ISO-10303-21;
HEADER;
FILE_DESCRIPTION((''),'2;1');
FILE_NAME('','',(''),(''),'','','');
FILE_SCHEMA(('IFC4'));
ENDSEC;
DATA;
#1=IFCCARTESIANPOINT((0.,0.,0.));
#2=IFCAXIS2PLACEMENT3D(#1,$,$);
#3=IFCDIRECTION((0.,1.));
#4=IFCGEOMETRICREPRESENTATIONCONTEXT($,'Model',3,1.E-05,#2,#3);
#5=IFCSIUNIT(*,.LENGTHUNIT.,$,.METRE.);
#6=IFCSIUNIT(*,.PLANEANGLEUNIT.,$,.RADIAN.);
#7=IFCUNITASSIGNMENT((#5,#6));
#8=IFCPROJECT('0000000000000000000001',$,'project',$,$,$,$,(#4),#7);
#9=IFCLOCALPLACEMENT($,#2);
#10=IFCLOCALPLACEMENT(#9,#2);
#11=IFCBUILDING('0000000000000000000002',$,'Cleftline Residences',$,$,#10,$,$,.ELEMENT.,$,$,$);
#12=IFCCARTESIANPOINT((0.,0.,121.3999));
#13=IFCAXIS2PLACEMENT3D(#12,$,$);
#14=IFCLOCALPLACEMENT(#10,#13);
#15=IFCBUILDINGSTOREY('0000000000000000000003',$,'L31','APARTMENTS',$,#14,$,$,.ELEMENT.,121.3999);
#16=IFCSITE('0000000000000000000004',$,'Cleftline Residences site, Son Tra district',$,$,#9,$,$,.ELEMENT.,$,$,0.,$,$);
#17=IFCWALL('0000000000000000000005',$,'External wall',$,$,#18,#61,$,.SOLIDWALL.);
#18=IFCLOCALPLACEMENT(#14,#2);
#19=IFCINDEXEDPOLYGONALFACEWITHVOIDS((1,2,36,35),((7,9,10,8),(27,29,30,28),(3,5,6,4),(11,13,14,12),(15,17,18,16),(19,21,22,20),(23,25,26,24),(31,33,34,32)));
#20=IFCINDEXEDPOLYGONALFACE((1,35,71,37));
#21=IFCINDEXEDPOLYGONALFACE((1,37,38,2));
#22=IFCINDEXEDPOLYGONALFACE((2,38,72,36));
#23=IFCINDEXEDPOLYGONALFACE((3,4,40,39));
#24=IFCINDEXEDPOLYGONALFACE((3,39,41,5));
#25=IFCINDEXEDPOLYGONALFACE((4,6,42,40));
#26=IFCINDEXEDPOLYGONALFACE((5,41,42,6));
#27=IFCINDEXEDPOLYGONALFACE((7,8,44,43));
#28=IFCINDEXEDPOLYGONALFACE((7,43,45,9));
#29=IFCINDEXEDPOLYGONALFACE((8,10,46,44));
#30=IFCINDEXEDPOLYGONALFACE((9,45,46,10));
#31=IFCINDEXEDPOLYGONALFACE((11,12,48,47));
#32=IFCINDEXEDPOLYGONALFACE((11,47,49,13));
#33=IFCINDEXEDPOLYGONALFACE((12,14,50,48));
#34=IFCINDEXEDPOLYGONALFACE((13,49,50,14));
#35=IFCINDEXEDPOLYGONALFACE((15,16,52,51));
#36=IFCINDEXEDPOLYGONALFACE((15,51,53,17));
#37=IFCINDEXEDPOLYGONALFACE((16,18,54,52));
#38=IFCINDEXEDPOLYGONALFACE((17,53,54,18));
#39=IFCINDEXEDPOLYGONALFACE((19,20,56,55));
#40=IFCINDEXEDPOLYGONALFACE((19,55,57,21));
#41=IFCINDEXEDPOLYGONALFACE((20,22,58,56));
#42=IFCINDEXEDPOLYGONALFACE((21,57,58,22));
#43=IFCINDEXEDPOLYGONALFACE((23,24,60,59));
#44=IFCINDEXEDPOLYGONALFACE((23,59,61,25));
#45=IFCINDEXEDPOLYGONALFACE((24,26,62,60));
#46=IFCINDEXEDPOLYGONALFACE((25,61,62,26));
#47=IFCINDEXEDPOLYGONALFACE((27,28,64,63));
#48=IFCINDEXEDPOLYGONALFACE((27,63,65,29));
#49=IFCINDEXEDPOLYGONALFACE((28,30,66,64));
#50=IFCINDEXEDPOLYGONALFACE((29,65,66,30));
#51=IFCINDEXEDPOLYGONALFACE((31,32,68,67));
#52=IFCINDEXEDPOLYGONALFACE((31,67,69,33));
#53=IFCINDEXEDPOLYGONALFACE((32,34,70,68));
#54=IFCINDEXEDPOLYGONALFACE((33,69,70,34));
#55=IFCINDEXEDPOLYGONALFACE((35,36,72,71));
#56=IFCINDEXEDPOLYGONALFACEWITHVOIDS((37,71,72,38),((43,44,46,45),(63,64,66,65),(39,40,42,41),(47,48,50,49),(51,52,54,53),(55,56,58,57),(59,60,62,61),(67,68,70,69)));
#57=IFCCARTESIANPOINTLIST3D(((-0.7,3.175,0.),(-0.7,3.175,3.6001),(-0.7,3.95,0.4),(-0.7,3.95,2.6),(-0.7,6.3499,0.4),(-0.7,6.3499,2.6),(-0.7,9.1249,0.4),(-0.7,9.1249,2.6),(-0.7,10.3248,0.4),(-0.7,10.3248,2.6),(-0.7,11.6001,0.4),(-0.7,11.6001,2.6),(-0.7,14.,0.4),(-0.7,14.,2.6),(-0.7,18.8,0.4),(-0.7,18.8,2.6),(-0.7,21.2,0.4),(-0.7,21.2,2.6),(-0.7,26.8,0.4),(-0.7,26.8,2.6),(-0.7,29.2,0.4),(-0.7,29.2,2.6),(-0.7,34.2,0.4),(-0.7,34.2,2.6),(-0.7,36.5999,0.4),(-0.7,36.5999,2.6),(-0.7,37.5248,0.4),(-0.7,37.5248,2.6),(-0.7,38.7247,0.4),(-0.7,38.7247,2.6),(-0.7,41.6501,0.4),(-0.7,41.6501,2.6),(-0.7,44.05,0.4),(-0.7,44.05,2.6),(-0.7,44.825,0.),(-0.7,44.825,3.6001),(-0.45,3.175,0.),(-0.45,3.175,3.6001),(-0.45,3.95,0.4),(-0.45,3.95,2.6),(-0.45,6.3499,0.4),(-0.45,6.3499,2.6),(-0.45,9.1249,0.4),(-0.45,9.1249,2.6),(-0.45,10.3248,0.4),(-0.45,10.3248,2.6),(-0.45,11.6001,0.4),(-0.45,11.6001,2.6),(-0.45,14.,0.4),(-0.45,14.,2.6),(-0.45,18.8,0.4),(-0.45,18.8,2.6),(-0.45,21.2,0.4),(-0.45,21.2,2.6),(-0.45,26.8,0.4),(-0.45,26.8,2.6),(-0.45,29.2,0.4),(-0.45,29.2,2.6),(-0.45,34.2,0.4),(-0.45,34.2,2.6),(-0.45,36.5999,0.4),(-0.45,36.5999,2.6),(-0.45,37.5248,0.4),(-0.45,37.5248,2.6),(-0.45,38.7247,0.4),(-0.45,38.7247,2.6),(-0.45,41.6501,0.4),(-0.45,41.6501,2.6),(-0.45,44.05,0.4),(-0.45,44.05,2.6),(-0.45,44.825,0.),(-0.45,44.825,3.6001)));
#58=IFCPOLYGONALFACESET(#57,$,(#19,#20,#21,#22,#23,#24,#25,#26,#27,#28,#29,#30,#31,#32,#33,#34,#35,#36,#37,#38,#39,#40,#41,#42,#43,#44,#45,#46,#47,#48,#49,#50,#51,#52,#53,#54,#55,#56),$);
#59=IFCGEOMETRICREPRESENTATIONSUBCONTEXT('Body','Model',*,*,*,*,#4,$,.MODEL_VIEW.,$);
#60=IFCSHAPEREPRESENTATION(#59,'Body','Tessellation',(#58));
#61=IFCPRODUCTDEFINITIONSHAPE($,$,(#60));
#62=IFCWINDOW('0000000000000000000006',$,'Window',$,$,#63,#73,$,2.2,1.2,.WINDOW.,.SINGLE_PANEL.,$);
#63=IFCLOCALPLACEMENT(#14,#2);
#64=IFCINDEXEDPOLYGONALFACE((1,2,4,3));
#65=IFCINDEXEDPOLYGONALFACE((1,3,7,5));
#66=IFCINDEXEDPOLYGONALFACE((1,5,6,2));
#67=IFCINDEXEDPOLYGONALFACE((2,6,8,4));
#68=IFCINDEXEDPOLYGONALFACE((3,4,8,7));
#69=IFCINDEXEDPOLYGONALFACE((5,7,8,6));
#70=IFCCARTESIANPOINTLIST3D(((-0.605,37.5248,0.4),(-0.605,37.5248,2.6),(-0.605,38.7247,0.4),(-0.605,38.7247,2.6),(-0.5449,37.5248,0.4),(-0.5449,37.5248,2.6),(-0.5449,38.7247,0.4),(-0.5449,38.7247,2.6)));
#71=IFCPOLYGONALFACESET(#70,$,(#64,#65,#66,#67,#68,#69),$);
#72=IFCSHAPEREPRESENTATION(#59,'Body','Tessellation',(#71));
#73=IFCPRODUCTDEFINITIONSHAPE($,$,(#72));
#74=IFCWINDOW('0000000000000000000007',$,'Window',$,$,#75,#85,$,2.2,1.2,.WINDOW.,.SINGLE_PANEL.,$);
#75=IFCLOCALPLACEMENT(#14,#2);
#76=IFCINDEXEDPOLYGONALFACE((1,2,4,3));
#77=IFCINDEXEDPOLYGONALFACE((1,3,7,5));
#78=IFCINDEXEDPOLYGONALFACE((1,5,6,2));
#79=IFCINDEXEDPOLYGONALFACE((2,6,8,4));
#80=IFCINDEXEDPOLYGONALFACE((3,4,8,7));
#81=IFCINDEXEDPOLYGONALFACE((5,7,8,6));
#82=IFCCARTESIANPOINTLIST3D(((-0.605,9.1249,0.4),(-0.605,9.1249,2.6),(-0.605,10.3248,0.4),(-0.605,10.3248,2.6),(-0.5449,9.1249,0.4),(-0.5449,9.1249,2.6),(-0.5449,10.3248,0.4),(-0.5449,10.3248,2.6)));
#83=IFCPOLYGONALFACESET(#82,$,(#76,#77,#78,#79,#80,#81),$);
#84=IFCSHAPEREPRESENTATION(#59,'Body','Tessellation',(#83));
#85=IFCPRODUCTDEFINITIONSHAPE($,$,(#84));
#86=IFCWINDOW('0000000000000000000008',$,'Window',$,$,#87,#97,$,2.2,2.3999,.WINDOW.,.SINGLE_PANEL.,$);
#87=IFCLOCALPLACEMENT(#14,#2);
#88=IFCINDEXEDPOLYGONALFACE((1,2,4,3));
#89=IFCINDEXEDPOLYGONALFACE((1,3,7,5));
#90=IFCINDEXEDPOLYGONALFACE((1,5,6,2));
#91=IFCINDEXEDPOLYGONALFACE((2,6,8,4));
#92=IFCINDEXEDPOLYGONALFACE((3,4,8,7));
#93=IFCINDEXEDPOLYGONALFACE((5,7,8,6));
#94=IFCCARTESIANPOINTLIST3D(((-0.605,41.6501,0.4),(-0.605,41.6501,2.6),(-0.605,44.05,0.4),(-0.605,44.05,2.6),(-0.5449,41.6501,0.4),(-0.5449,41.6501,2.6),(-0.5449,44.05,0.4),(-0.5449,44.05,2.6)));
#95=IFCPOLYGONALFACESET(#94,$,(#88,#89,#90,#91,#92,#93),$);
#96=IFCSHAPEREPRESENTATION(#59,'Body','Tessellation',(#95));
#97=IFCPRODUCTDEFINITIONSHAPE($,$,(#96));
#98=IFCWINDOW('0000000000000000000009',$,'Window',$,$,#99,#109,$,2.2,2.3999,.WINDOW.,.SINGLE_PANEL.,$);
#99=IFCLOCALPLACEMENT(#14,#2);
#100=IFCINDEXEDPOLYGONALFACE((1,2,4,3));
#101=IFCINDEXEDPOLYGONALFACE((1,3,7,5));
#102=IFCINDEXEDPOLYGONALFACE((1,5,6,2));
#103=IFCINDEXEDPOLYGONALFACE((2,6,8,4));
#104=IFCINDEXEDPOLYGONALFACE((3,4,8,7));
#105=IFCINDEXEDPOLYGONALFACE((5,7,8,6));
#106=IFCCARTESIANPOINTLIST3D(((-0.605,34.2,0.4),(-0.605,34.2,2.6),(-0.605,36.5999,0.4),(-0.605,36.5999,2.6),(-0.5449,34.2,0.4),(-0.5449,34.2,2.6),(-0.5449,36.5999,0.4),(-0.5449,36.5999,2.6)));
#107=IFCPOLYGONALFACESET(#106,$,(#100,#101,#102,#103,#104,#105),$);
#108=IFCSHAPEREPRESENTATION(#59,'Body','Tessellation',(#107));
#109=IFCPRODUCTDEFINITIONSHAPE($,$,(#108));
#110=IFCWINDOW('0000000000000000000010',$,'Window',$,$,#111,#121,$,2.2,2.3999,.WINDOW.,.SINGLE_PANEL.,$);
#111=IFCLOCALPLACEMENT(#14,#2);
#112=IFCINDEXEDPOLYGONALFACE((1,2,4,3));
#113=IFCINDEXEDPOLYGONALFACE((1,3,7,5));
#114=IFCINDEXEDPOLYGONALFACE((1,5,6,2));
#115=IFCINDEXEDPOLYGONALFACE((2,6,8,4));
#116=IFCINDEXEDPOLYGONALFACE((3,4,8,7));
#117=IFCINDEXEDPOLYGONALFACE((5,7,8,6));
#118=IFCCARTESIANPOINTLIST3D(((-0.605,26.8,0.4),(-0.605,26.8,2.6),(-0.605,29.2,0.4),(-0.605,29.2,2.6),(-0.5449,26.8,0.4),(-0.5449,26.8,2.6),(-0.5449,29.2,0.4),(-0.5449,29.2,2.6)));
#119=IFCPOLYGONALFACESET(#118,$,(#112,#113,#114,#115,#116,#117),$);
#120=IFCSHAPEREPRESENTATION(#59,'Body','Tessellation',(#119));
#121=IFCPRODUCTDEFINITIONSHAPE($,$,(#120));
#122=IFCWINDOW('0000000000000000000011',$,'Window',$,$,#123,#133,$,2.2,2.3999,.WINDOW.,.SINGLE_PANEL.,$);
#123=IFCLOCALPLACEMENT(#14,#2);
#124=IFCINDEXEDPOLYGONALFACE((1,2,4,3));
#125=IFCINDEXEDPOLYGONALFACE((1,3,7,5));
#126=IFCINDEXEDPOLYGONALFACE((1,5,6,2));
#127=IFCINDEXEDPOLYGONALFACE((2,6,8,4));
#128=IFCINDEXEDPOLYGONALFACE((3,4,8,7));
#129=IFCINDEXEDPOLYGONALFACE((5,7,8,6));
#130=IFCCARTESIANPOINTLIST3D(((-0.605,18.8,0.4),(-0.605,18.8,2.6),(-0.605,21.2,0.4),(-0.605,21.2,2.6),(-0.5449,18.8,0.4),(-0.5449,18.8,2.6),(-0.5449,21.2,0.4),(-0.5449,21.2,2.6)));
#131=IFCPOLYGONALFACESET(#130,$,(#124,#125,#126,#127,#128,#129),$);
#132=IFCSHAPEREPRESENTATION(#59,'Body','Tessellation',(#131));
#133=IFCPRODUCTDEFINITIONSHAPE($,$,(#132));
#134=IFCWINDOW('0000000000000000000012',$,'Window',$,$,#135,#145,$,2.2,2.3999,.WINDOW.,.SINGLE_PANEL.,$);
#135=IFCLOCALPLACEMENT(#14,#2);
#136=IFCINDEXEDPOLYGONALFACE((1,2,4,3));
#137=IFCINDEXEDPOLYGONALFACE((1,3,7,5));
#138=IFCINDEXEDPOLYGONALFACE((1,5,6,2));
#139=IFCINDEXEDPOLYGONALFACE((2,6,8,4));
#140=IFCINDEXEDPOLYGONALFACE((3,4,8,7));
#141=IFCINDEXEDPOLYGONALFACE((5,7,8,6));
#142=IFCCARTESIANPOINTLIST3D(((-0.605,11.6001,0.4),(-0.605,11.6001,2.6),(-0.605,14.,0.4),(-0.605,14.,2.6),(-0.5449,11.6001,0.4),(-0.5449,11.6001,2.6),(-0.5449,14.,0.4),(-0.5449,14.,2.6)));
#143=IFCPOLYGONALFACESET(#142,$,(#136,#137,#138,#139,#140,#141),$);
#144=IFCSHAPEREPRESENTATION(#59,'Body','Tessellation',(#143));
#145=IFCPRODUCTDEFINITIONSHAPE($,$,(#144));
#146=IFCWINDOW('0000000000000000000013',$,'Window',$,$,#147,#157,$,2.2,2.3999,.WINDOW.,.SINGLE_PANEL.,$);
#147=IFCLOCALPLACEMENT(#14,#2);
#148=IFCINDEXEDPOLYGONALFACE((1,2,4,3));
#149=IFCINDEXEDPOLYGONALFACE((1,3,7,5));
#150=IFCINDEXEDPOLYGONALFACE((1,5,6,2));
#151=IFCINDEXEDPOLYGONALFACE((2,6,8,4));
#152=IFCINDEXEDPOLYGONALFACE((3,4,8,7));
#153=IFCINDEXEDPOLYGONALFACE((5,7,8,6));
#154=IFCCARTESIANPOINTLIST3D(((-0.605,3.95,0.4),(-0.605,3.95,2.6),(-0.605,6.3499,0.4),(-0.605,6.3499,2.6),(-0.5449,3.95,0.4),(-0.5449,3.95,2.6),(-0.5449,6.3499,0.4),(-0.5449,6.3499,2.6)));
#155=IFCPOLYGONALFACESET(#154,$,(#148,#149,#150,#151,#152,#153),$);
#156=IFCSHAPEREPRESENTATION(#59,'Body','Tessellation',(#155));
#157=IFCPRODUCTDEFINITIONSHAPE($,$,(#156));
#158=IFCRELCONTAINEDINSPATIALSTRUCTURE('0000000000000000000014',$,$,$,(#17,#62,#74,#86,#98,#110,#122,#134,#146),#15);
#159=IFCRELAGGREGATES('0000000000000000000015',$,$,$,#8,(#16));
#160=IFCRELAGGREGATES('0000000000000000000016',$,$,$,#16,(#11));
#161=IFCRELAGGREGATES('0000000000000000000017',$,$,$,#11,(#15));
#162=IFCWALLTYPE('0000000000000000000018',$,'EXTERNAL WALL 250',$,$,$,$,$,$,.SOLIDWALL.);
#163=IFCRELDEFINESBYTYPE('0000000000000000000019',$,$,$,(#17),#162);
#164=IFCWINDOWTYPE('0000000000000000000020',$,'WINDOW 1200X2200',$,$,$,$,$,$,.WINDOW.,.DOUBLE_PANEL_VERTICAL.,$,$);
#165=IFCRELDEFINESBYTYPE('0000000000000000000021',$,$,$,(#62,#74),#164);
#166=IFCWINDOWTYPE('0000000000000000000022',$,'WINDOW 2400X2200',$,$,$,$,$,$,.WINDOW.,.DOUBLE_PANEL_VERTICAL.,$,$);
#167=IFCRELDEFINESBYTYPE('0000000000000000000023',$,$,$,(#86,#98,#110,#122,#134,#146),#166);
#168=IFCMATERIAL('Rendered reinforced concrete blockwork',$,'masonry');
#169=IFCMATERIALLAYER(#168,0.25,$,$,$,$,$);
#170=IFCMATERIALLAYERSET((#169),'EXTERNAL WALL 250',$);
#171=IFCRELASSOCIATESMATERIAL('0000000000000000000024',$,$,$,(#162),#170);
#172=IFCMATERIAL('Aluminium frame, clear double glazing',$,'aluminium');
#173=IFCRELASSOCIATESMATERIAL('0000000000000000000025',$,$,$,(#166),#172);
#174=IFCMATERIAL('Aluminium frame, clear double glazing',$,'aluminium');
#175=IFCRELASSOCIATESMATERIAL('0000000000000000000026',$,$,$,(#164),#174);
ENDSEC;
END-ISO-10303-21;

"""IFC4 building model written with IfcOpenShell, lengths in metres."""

from ifc_helpers import new_model, si_unit, direction, frame, frame_2d, origin, place, context, subcontext, project, spatial, rectangle, extrude, material, layer, layer_set, type_object, element, fill, save


model = new_model("IFC4")

# Units and contexts
model_context = context("Model", 3, precision=1e-05, world=origin(), true_north=direction((0.0, 1.0)))
body_context = subcontext(model_context, "Body", "Model", "MODEL_VIEW")
ifc_project = project(units=[si_unit("LENGTHUNIT", "METRE"), si_unit("PLANEANGLEUNIT", "RADIAN")], contexts=[model_context])

# Site, building, storey
site_placement = place(None, origin())
site = spatial("IfcSite", under=ifc_project, at=site_placement, Name="Cleftline Residences site, Son Tra district", CompositionType="ELEMENT", RefElevation=0.0)
building_placement = place(site_placement, origin())
building = spatial("IfcBuilding", under=site, at=building_placement, Name="Cleftline Residences", CompositionType="ELEMENT")
storey_placement = place(building_placement, frame((0.0, 0.0, 121.3999)))
storey = spatial("IfcBuildingStorey", under=building, at=storey_placement, Name="L31", Description="APARTMENTS", CompositionType="ELEMENT", Elevation=121.3999)

# Shared definitions
ifc_material_1 = material(Name="Rendered reinforced concrete blockwork", Category="masonry")
ifc_layer_1 = layer(ifc_material_1, 0.25)
ifc_layer_set_1 = layer_set([ifc_layer_1], Name="EXTERNAL WALL 250")
wall_type_1 = type_object("IfcWallType", Name="EXTERNAL WALL 250", PredefinedType="SOLIDWALL", material=ifc_layer_set_1)
ifc_material_2 = material(Name="Aluminium frame, clear double glazing", Category="aluminium")
window_type_1 = type_object("IfcWindowType", Name="WINDOW 2400X2200", PartitioningType="DOUBLE_PANEL_VERTICAL", PredefinedType="WINDOW", material=ifc_material_2)

# Wall, openings, windows
wall_1_placement = place(storey_placement, frame((-0.575, 44.825, 0.0), z_axis=(0.0, 0.0, 1.0), x_axis=(0.0, -1.0, 0.0)))
wall_1 = element("IfcWall", 1, at=wall_1_placement, inside=storey, type_object=wall_type_1, Name="External wall", PredefinedType="SOLIDWALL", context=body_context, shape_type="SweptSolid", body=[
    extrude(rectangle(XDim=41.6499, YDim=0.25, at=frame_2d((20.825, 0.0))), origin(), (0.0, 0.0, 1.0), 3.6001),
])
opening_1_placement = place(wall_1_placement, frame((0.7749, 0.0, 0.3999)))
opening_1 = element("IfcOpeningElement", 2, at=opening_1_placement, cuts=wall_1, PredefinedType="OPENING", context=body_context, shape_type="SweptSolid", body=[
    extrude(rectangle(XDim=2.3999, YDim=2.2, at=frame_2d((1.2, 1.1001))), frame((0.0, 0.135, 0.0), z_axis=(0.0, -1.0, 0.0), x_axis=(1.0, 0.0, 0.0)), (0.0, 0.0, 1.0), 0.27),
])
opening_2_placement = place(wall_1_placement, frame((6.1001, 0.0, 0.3999)))
opening_2 = element("IfcOpeningElement", 3, at=opening_2_placement, cuts=wall_1, PredefinedType="OPENING", context=body_context, shape_type="SweptSolid", body=[
    extrude(rectangle(XDim=1.2, YDim=2.2, at=frame_2d((0.6001, 1.1001))), frame((0.0, 0.135, 0.0), z_axis=(0.0, -1.0, 0.0), x_axis=(1.0, 0.0, 0.0)), (0.0, 0.0, 1.0), 0.27),
])
opening_3_placement = place(wall_1_placement, frame((8.2251, 0.0, 0.3999)))
opening_3 = element("IfcOpeningElement", 4, at=opening_3_placement, cuts=wall_1, PredefinedType="OPENING", context=body_context, shape_type="SweptSolid", body=[
    extrude(rectangle(XDim=2.3999, YDim=2.2, at=frame_2d((1.2, 1.1001))), frame((0.0, 0.135, 0.0), z_axis=(0.0, -1.0, 0.0), x_axis=(1.0, 0.0, 0.0)), (0.0, 0.0, 1.0), 0.27),
])
opening_4_placement = place(wall_1_placement, frame((15.625, 0.0, 0.3999)))
opening_4 = element("IfcOpeningElement", 5, at=opening_4_placement, cuts=wall_1, PredefinedType="OPENING", context=body_context, shape_type="SweptSolid", body=[
    extrude(rectangle(XDim=2.3999, YDim=2.2, at=frame_2d((1.2, 1.1001))), frame((0.0, 0.135, 0.0), z_axis=(0.0, -1.0, 0.0), x_axis=(1.0, 0.0, 0.0)), (0.0, 0.0, 1.0), 0.27),
])
opening_5_placement = place(wall_1_placement, frame((23.625, 0.0, 0.3999)))
opening_5 = element("IfcOpeningElement", 6, at=opening_5_placement, cuts=wall_1, PredefinedType="OPENING", context=body_context, shape_type="SweptSolid", body=[
    extrude(rectangle(XDim=2.3999, YDim=2.2, at=frame_2d((1.2, 1.1001))), frame((0.0, 0.135, 0.0), z_axis=(0.0, -1.0, 0.0), x_axis=(1.0, 0.0, 0.0)), (0.0, 0.0, 1.0), 0.27),
])
opening_6_placement = place(wall_1_placement, frame((30.825, 0.0, 0.3999)))
opening_6 = element("IfcOpeningElement", 7, at=opening_6_placement, cuts=wall_1, PredefinedType="OPENING", context=body_context, shape_type="SweptSolid", body=[
    extrude(rectangle(XDim=2.3999, YDim=2.2, at=frame_2d((1.2, 1.1001))), frame((0.0, 0.135, 0.0), z_axis=(0.0, -1.0, 0.0), x_axis=(1.0, 0.0, 0.0)), (0.0, 0.0, 1.0), 0.27),
])
opening_7_placement = place(wall_1_placement, frame((34.5, 0.0, 0.3999)))
opening_7 = element("IfcOpeningElement", 8, at=opening_7_placement, cuts=wall_1, PredefinedType="OPENING", context=body_context, shape_type="SweptSolid", body=[
    extrude(rectangle(XDim=1.2, YDim=2.2, at=frame_2d((0.6001, 1.1001))), frame((0.0, 0.135, 0.0), z_axis=(0.0, -1.0, 0.0), x_axis=(1.0, 0.0, 0.0)), (0.0, 0.0, 1.0), 0.27),
])
opening_8_placement = place(wall_1_placement, frame((38.4751, 0.0, 0.3999)))
opening_8 = element("IfcOpeningElement", 9, at=opening_8_placement, cuts=wall_1, PredefinedType="OPENING", context=body_context, shape_type="SweptSolid", body=[
    extrude(rectangle(XDim=2.3999, YDim=2.2, at=frame_2d((1.2, 1.1001))), frame((0.0, 0.135, 0.0), z_axis=(0.0, -1.0, 0.0), x_axis=(1.0, 0.0, 0.0)), (0.0, 0.0, 1.0), 0.27),
])
ifc_material_3 = material(Name="Aluminium frame, clear double glazing", Category="aluminium")
window_type_2 = type_object("IfcWindowType", Name="WINDOW 1200X2200", PartitioningType="DOUBLE_PANEL_VERTICAL", PredefinedType="WINDOW", material=ifc_material_3)
window_1_placement = place(opening_2_placement, origin())
window_1 = element("IfcWindow", 10, at=window_1_placement, inside=storey, type_object=window_type_2, Name="Window", OverallHeight=2.2, OverallWidth=1.2, PartitioningType="SINGLE_PANEL", PredefinedType="WINDOW", context=body_context, shape_type="SweptSolid", body=[
    extrude(rectangle(XDim=1.2, YDim=2.2, at=frame_2d((0.6001, 1.1001))), frame((0.0, 0.03, 0.0), z_axis=(0.0, -1.0, 0.0), x_axis=(1.0, 0.0, 0.0)), (0.0, 0.0, 1.0), 0.0601),
])
fill(opening_2, window_1)
window_2_placement = place(opening_7_placement, origin())
window_2 = element("IfcWindow", 11, at=window_2_placement, inside=storey, type_object=window_type_2, Name="Window", OverallHeight=2.2, OverallWidth=1.2, PartitioningType="SINGLE_PANEL", PredefinedType="WINDOW", context=body_context, shape_type="SweptSolid", body=[
    extrude(rectangle(XDim=1.2, YDim=2.2, at=frame_2d((0.6001, 1.1001))), frame((0.0, 0.03, 0.0), z_axis=(0.0, -1.0, 0.0), x_axis=(1.0, 0.0, 0.0)), (0.0, 0.0, 1.0), 0.0601),
])
fill(opening_7, window_2)
window_3_placement = place(opening_1_placement, origin())
window_3 = element("IfcWindow", 12, at=window_3_placement, inside=storey, type_object=window_type_1, Name="Window", OverallHeight=2.2, OverallWidth=2.3999, PartitioningType="SINGLE_PANEL", PredefinedType="WINDOW", context=body_context, shape_type="SweptSolid", body=[
    extrude(rectangle(XDim=2.3999, YDim=2.2, at=frame_2d((1.2, 1.1001))), frame((0.0, 0.03, 0.0), z_axis=(0.0, -1.0, 0.0), x_axis=(1.0, 0.0, 0.0)), (0.0, 0.0, 1.0), 0.0601),
])
fill(opening_1, window_3)
window_4_placement = place(opening_3_placement, origin())
window_4 = element("IfcWindow", 13, at=window_4_placement, inside=storey, type_object=window_type_1, Name="Window", OverallHeight=2.2, OverallWidth=2.3999, PartitioningType="SINGLE_PANEL", PredefinedType="WINDOW", context=body_context, shape_type="SweptSolid", body=[
    extrude(rectangle(XDim=2.3999, YDim=2.2, at=frame_2d((1.2, 1.1001))), frame((0.0, 0.03, 0.0), z_axis=(0.0, -1.0, 0.0), x_axis=(1.0, 0.0, 0.0)), (0.0, 0.0, 1.0), 0.0601),
])
fill(opening_3, window_4)
window_5_placement = place(opening_4_placement, origin())
window_5 = element("IfcWindow", 14, at=window_5_placement, inside=storey, type_object=window_type_1, Name="Window", OverallHeight=2.2, OverallWidth=2.3999, PartitioningType="SINGLE_PANEL", PredefinedType="WINDOW", context=body_context, shape_type="SweptSolid", body=[
    extrude(rectangle(XDim=2.3999, YDim=2.2, at=frame_2d((1.2, 1.1001))), frame((0.0, 0.03, 0.0), z_axis=(0.0, -1.0, 0.0), x_axis=(1.0, 0.0, 0.0)), (0.0, 0.0, 1.0), 0.0601),
])
fill(opening_4, window_5)
window_6_placement = place(opening_5_placement, origin())
window_6 = element("IfcWindow", 15, at=window_6_placement, inside=storey, type_object=window_type_1, Name="Window", OverallHeight=2.2, OverallWidth=2.3999, PartitioningType="SINGLE_PANEL", PredefinedType="WINDOW", context=body_context, shape_type="SweptSolid", body=[
    extrude(rectangle(XDim=2.3999, YDim=2.2, at=frame_2d((1.2, 1.1001))), frame((0.0, 0.03, 0.0), z_axis=(0.0, -1.0, 0.0), x_axis=(1.0, 0.0, 0.0)), (0.0, 0.0, 1.0), 0.0601),
])
fill(opening_5, window_6)
window_7_placement = place(opening_6_placement, origin())
window_7 = element("IfcWindow", 16, at=window_7_placement, inside=storey, type_object=window_type_1, Name="Window", OverallHeight=2.2, OverallWidth=2.3999, PartitioningType="SINGLE_PANEL", PredefinedType="WINDOW", context=body_context, shape_type="SweptSolid", body=[
    extrude(rectangle(XDim=2.3999, YDim=2.2, at=frame_2d((1.2, 1.1001))), frame((0.0, 0.03, 0.0), z_axis=(0.0, -1.0, 0.0), x_axis=(1.0, 0.0, 0.0)), (0.0, 0.0, 1.0), 0.0601),
])
fill(opening_6, window_7)
window_8_placement = place(opening_8_placement, origin())
window_8 = element("IfcWindow", 17, at=window_8_placement, inside=storey, type_object=window_type_1, Name="Window", OverallHeight=2.2, OverallWidth=2.3999, PartitioningType="SINGLE_PANEL", PredefinedType="WINDOW", context=body_context, shape_type="SweptSolid", body=[
    extrude(rectangle(XDim=2.3999, YDim=2.2, at=frame_2d((1.2, 1.1001))), frame((0.0, 0.03, 0.0), z_axis=(0.0, -1.0, 0.0), x_axis=(1.0, 0.0, 0.0)), (0.0, 0.0, 1.0), 0.0601),
])
fill(opening_8, window_8)

save(model, "model.ifc")
